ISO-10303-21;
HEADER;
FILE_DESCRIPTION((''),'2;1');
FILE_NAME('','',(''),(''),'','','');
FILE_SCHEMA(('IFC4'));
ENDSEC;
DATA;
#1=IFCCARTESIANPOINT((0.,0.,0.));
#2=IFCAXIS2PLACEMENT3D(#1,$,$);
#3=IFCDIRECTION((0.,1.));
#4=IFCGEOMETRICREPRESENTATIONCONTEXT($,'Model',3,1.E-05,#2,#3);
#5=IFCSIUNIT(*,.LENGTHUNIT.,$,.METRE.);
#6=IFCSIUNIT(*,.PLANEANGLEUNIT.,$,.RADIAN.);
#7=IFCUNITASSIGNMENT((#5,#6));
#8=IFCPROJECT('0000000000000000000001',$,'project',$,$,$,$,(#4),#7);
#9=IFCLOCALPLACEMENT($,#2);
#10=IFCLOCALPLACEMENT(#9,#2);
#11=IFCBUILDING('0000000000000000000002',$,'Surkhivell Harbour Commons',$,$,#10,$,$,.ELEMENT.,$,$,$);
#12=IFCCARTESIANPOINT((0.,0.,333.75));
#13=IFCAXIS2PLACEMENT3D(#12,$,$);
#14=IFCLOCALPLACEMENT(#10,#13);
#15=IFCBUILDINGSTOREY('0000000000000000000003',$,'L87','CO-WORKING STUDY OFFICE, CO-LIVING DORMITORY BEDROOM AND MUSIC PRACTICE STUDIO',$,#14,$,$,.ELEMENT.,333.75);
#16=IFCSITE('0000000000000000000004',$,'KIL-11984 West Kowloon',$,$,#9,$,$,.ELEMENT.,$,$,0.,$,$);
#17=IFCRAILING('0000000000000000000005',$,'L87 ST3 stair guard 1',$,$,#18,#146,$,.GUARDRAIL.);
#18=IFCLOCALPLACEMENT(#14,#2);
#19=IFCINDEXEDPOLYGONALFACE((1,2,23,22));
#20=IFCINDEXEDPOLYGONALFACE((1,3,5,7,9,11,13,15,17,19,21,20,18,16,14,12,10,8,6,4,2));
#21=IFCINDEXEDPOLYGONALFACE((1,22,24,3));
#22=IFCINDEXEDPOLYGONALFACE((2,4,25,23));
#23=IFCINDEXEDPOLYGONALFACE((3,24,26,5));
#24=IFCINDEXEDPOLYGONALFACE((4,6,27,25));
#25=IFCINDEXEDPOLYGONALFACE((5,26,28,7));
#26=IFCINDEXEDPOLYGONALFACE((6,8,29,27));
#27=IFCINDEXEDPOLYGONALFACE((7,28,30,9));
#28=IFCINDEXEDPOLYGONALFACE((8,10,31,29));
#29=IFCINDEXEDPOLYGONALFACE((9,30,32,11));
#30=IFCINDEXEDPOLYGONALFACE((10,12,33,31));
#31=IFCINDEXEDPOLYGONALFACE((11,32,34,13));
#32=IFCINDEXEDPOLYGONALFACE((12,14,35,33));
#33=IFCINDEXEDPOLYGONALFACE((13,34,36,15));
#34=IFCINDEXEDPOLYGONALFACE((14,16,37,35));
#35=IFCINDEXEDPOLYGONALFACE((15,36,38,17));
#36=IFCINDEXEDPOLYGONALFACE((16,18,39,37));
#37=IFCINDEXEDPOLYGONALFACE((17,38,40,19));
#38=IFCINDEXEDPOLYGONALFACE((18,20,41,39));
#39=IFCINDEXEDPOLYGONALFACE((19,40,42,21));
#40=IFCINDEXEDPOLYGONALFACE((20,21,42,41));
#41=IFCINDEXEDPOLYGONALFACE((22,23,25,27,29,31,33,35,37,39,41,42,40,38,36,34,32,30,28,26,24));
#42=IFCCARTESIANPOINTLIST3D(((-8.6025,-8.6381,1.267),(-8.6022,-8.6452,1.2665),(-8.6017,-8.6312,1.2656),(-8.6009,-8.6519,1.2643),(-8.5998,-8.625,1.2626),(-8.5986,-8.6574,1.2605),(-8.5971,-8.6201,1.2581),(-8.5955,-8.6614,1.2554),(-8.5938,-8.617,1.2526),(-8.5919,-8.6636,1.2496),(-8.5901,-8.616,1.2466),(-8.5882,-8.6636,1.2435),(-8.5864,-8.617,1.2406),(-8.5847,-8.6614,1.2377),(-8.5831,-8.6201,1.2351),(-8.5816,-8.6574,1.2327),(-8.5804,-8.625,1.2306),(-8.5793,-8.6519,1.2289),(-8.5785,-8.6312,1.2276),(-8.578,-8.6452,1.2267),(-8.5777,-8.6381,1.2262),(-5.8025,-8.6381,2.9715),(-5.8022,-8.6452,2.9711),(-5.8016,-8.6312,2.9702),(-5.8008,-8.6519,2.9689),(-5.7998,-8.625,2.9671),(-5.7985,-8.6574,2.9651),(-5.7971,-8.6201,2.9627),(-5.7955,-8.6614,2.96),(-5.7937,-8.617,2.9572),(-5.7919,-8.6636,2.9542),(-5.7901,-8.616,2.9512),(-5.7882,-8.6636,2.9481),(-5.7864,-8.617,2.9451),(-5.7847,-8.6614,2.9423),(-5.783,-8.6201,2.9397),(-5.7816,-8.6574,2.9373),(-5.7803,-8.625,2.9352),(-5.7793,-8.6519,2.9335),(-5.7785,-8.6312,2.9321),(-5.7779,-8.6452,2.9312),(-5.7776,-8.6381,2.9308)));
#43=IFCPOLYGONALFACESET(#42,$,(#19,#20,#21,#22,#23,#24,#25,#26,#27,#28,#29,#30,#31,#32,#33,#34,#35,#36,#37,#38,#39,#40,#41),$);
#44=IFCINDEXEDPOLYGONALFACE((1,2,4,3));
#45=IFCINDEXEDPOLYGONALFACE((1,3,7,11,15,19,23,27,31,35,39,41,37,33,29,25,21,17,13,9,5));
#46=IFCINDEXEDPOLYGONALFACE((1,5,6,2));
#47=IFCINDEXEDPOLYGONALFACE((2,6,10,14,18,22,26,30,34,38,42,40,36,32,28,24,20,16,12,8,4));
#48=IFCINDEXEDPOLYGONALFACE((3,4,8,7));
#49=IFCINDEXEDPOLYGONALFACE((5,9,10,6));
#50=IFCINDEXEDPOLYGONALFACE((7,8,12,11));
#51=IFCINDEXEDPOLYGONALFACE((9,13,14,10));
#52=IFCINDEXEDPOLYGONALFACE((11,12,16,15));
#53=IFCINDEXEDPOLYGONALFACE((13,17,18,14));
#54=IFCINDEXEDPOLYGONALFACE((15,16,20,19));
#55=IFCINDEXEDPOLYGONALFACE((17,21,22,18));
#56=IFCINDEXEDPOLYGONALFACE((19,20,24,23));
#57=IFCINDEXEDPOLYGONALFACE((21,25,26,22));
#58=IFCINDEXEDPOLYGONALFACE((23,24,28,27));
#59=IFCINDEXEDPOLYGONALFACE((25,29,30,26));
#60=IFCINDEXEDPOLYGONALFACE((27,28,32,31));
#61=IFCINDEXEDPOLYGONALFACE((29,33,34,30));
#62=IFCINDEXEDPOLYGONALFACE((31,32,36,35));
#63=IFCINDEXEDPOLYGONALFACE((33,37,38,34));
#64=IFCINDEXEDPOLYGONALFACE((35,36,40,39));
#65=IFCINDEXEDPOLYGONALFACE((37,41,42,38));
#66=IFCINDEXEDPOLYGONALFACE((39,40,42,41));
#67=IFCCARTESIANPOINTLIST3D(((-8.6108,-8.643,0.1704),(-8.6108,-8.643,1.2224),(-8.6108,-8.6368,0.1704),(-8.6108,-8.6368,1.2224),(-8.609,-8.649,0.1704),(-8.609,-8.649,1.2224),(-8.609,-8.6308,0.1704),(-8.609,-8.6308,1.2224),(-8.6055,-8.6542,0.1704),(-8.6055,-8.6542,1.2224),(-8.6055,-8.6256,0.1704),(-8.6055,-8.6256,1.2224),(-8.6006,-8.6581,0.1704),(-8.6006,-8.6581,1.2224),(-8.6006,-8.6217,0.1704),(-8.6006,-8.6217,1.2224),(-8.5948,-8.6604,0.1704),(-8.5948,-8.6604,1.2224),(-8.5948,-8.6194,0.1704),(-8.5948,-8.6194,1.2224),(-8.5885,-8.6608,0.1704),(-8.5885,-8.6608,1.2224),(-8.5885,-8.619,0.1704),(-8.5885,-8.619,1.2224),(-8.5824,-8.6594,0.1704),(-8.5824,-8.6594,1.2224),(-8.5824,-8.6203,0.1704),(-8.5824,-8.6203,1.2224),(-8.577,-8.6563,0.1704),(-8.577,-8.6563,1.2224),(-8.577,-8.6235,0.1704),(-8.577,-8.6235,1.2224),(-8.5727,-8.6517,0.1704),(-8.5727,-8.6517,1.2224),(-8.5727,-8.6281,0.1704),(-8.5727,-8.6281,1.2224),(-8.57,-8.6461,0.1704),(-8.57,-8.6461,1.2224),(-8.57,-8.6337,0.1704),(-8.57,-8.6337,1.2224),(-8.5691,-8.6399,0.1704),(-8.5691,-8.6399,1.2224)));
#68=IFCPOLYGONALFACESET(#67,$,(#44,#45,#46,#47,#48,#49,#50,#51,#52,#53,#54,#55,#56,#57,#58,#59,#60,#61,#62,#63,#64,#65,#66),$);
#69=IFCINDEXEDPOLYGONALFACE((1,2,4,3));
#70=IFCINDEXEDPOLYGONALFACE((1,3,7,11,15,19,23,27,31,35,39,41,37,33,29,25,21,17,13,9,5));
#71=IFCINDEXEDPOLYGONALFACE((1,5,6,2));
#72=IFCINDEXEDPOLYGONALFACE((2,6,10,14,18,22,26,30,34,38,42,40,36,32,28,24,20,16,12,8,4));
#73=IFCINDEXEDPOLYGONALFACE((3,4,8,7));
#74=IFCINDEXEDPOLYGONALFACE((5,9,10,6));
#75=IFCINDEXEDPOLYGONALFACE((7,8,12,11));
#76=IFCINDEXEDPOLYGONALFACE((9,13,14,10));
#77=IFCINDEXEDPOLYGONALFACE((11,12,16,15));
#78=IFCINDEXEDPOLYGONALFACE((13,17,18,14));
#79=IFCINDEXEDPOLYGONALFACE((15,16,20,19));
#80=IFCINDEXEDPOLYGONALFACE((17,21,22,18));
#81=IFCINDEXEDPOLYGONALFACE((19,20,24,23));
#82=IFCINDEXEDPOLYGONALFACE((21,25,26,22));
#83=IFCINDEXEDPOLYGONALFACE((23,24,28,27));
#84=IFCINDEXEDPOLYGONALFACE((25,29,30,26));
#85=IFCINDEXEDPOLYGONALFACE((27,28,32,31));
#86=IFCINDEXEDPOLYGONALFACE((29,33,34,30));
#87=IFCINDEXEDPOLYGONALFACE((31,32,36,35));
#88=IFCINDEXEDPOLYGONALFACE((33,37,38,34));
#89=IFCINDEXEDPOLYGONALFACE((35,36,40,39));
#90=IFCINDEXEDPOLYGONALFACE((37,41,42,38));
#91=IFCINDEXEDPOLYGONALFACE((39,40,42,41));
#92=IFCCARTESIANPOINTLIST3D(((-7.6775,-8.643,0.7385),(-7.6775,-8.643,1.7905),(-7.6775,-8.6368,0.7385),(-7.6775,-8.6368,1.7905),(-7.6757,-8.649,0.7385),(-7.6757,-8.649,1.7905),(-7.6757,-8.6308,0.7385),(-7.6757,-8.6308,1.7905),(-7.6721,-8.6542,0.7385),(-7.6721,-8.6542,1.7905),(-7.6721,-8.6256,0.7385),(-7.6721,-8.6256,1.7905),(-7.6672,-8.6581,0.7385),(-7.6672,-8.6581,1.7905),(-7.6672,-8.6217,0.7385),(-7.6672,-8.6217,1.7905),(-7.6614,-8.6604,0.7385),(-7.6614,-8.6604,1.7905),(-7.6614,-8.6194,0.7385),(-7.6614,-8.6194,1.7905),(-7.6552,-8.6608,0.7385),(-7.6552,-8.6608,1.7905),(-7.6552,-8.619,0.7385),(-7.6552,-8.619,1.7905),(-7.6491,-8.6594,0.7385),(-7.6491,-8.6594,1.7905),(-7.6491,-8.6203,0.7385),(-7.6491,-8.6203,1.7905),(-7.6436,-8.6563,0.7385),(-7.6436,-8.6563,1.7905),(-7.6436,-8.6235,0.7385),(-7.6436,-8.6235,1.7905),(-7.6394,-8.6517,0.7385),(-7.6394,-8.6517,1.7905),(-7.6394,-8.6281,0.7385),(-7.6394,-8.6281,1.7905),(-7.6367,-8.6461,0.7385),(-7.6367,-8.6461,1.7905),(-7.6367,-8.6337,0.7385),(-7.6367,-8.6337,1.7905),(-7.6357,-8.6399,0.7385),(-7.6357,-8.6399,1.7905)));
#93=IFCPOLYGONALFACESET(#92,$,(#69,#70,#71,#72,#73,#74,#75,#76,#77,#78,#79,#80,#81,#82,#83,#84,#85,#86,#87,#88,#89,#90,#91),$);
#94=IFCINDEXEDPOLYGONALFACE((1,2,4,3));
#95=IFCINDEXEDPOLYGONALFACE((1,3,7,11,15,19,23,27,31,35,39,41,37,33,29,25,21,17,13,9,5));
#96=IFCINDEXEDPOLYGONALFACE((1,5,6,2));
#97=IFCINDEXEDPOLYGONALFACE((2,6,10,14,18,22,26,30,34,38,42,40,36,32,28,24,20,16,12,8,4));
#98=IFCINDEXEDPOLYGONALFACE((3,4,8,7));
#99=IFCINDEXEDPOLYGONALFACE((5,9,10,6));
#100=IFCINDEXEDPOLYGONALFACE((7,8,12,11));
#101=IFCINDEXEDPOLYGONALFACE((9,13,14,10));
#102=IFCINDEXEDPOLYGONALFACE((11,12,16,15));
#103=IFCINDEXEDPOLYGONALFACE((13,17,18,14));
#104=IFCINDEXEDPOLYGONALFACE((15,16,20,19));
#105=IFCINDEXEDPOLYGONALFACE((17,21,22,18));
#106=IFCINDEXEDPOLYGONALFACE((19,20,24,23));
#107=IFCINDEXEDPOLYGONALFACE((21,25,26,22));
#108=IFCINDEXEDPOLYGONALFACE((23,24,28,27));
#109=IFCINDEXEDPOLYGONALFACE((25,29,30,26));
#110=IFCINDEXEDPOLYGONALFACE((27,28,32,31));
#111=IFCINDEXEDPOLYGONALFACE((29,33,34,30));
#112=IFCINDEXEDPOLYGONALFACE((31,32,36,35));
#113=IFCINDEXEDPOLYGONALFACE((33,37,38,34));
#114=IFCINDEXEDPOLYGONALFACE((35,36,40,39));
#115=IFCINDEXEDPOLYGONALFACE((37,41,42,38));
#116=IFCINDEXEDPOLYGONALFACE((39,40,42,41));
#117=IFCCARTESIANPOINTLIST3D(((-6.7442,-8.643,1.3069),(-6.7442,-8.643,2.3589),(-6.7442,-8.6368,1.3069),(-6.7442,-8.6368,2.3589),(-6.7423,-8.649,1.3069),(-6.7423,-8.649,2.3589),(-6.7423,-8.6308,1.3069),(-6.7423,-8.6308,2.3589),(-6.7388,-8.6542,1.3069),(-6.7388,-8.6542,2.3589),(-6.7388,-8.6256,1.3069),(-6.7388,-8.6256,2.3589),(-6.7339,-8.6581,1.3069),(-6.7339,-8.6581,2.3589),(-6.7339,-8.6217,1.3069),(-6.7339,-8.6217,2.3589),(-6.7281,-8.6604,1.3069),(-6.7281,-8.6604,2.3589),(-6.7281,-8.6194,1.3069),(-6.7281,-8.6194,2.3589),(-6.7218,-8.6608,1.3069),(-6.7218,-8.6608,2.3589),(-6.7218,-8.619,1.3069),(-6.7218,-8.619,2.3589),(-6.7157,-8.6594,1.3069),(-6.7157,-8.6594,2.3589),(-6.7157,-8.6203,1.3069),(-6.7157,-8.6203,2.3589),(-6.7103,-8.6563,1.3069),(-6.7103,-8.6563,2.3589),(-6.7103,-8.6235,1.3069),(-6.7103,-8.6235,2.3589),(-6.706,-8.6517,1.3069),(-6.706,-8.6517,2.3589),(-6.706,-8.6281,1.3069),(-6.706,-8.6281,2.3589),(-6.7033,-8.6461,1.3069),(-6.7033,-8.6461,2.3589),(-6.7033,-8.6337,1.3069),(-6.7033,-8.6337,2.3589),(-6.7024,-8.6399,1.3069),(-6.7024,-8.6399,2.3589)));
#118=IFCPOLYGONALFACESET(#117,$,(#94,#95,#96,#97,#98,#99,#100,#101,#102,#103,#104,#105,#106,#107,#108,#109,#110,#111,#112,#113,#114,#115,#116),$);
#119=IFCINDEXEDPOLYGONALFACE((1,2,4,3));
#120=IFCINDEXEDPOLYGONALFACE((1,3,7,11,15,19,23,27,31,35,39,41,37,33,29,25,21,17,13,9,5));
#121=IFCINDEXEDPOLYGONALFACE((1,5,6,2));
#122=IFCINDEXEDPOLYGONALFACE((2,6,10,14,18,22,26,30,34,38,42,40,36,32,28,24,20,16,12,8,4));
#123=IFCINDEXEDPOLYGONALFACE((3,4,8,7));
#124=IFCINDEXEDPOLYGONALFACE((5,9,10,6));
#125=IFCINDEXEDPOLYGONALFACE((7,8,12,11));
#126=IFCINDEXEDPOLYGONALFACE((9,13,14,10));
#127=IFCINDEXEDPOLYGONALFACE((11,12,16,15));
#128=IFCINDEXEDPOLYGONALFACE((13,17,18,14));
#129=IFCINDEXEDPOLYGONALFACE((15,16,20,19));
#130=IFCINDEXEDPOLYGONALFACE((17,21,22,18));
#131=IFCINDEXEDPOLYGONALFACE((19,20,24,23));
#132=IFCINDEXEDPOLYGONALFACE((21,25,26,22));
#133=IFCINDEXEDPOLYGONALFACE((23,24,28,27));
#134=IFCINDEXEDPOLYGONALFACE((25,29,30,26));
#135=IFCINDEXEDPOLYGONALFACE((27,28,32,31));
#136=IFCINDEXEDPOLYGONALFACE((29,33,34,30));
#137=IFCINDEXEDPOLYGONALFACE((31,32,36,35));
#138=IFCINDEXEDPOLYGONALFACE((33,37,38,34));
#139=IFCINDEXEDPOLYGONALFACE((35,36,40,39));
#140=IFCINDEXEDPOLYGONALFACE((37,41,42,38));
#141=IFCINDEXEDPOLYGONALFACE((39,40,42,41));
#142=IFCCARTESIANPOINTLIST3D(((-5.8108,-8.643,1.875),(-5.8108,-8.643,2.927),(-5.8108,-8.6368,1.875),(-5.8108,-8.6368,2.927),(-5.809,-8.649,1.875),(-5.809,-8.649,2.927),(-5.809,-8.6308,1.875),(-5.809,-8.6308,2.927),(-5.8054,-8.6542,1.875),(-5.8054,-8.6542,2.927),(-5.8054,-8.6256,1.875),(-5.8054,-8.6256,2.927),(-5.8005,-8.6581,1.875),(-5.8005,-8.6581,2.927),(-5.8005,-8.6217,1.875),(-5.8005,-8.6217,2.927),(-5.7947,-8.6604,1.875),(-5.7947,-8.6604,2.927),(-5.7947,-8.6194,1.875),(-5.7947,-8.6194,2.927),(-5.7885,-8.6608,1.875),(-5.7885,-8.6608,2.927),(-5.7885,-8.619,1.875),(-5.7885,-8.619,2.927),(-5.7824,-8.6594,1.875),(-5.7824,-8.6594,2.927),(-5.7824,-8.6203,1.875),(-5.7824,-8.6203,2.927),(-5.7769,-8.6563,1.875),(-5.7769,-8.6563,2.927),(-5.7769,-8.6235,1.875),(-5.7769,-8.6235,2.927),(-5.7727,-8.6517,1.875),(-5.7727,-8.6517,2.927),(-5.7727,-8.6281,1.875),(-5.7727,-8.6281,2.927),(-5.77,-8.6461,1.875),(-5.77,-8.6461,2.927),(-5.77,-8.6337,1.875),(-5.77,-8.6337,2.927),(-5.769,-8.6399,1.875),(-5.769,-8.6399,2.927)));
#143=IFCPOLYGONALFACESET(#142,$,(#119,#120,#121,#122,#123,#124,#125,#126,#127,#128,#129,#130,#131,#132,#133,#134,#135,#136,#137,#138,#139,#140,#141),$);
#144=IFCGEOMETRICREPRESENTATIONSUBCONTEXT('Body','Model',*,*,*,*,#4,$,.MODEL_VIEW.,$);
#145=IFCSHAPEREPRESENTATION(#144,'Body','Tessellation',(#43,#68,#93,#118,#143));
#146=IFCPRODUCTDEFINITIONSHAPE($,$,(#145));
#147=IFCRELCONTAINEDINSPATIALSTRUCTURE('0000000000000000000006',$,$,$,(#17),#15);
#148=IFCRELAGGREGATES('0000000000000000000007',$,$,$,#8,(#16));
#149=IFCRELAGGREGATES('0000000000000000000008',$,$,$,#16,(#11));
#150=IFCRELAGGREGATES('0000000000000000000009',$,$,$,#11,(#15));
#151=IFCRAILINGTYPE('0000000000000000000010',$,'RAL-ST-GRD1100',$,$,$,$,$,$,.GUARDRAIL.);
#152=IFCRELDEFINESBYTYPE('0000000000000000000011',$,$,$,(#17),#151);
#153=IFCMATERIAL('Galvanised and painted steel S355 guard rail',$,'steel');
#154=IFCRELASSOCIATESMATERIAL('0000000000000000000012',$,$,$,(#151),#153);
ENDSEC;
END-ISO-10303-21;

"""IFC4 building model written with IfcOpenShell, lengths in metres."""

from ifc_helpers import new_model, si_unit, direction, frame, origin, origin_2d, place, context, subcontext, project, spatial, circle, extrude, material, type_object, element, save


model = new_model("IFC4")

# Units and contexts
model_context = context("Model", 3, precision=1e-05, world=origin(), true_north=direction((0.0, 1.0)))
body_context = subcontext(model_context, "Body", "Model", "MODEL_VIEW")
ifc_project = project(units=[si_unit("LENGTHUNIT", "METRE"), si_unit("PLANEANGLEUNIT", "RADIAN")], contexts=[model_context])

# Site, building, storey
site_placement = place(None, origin())
site = spatial("IfcSite", under=ifc_project, at=site_placement, Name="KIL-11984 West Kowloon", CompositionType="ELEMENT", RefElevation=0.0)
building_placement = place(site_placement, origin())
building = spatial("IfcBuilding", under=site, at=building_placement, Name="Surkhivell Harbour Commons", CompositionType="ELEMENT")
storey_placement = place(building_placement, frame((0.0, 0.0, 333.75)))
storey = spatial("IfcBuildingStorey", under=building, at=storey_placement, Name="L87", Description="CO-WORKING STUDY OFFICE, CO-LIVING DORMITORY BEDROOM AND MUSIC PRACTICE STUDIO", CompositionType="ELEMENT", Elevation=333.75)

# Railing
ifc_material_1 = material(Name="Galvanised and painted steel S355 guard rail", Category="steel")
railing_type_1 = type_object("IfcRailingType", Name="RAL-ST-GRD1100", PredefinedType="GUARDRAIL", material=ifc_material_1)
railing_1_placement = place(storey_placement, frame((-8.5901, -8.6399, 0.1704)))
element("IfcRailing", 1, at=railing_1_placement, inside=storey, type_object=railing_type_1, Name="L87 ST3 stair guard 1", PredefinedType="GUARDRAIL", context=body_context, shape_type="SweptSolid", body=[
    extrude(circle(Radius=0.0239, at=origin_2d()), frame((0.0, 0.0, 1.0762), z_axis=(0.85417, 0.0, 0.519994), x_axis=(0.0, 1.0, 0.0)), (0.0, 0.0, 1.0), 3.2781),
    extrude(circle(Radius=0.021, at=origin_2d()), origin(), (0.0, 0.0, 1.0), 1.052),
    extrude(circle(Radius=0.021, at=origin_2d()), frame((0.9333, 0.0, 0.5681)), (0.0, 0.0, 1.0), 1.052),
    extrude(circle(Radius=0.021, at=origin_2d()), frame((1.8667, 0.0, 1.1365)), (0.0, 0.0, 1.0), 1.052),
    extrude(circle(Radius=0.021, at=origin_2d()), frame((2.8, 0.0, 1.7046)), (0.0, 0.0, 1.0), 1.052),
])

save(model, "model.ifc")
